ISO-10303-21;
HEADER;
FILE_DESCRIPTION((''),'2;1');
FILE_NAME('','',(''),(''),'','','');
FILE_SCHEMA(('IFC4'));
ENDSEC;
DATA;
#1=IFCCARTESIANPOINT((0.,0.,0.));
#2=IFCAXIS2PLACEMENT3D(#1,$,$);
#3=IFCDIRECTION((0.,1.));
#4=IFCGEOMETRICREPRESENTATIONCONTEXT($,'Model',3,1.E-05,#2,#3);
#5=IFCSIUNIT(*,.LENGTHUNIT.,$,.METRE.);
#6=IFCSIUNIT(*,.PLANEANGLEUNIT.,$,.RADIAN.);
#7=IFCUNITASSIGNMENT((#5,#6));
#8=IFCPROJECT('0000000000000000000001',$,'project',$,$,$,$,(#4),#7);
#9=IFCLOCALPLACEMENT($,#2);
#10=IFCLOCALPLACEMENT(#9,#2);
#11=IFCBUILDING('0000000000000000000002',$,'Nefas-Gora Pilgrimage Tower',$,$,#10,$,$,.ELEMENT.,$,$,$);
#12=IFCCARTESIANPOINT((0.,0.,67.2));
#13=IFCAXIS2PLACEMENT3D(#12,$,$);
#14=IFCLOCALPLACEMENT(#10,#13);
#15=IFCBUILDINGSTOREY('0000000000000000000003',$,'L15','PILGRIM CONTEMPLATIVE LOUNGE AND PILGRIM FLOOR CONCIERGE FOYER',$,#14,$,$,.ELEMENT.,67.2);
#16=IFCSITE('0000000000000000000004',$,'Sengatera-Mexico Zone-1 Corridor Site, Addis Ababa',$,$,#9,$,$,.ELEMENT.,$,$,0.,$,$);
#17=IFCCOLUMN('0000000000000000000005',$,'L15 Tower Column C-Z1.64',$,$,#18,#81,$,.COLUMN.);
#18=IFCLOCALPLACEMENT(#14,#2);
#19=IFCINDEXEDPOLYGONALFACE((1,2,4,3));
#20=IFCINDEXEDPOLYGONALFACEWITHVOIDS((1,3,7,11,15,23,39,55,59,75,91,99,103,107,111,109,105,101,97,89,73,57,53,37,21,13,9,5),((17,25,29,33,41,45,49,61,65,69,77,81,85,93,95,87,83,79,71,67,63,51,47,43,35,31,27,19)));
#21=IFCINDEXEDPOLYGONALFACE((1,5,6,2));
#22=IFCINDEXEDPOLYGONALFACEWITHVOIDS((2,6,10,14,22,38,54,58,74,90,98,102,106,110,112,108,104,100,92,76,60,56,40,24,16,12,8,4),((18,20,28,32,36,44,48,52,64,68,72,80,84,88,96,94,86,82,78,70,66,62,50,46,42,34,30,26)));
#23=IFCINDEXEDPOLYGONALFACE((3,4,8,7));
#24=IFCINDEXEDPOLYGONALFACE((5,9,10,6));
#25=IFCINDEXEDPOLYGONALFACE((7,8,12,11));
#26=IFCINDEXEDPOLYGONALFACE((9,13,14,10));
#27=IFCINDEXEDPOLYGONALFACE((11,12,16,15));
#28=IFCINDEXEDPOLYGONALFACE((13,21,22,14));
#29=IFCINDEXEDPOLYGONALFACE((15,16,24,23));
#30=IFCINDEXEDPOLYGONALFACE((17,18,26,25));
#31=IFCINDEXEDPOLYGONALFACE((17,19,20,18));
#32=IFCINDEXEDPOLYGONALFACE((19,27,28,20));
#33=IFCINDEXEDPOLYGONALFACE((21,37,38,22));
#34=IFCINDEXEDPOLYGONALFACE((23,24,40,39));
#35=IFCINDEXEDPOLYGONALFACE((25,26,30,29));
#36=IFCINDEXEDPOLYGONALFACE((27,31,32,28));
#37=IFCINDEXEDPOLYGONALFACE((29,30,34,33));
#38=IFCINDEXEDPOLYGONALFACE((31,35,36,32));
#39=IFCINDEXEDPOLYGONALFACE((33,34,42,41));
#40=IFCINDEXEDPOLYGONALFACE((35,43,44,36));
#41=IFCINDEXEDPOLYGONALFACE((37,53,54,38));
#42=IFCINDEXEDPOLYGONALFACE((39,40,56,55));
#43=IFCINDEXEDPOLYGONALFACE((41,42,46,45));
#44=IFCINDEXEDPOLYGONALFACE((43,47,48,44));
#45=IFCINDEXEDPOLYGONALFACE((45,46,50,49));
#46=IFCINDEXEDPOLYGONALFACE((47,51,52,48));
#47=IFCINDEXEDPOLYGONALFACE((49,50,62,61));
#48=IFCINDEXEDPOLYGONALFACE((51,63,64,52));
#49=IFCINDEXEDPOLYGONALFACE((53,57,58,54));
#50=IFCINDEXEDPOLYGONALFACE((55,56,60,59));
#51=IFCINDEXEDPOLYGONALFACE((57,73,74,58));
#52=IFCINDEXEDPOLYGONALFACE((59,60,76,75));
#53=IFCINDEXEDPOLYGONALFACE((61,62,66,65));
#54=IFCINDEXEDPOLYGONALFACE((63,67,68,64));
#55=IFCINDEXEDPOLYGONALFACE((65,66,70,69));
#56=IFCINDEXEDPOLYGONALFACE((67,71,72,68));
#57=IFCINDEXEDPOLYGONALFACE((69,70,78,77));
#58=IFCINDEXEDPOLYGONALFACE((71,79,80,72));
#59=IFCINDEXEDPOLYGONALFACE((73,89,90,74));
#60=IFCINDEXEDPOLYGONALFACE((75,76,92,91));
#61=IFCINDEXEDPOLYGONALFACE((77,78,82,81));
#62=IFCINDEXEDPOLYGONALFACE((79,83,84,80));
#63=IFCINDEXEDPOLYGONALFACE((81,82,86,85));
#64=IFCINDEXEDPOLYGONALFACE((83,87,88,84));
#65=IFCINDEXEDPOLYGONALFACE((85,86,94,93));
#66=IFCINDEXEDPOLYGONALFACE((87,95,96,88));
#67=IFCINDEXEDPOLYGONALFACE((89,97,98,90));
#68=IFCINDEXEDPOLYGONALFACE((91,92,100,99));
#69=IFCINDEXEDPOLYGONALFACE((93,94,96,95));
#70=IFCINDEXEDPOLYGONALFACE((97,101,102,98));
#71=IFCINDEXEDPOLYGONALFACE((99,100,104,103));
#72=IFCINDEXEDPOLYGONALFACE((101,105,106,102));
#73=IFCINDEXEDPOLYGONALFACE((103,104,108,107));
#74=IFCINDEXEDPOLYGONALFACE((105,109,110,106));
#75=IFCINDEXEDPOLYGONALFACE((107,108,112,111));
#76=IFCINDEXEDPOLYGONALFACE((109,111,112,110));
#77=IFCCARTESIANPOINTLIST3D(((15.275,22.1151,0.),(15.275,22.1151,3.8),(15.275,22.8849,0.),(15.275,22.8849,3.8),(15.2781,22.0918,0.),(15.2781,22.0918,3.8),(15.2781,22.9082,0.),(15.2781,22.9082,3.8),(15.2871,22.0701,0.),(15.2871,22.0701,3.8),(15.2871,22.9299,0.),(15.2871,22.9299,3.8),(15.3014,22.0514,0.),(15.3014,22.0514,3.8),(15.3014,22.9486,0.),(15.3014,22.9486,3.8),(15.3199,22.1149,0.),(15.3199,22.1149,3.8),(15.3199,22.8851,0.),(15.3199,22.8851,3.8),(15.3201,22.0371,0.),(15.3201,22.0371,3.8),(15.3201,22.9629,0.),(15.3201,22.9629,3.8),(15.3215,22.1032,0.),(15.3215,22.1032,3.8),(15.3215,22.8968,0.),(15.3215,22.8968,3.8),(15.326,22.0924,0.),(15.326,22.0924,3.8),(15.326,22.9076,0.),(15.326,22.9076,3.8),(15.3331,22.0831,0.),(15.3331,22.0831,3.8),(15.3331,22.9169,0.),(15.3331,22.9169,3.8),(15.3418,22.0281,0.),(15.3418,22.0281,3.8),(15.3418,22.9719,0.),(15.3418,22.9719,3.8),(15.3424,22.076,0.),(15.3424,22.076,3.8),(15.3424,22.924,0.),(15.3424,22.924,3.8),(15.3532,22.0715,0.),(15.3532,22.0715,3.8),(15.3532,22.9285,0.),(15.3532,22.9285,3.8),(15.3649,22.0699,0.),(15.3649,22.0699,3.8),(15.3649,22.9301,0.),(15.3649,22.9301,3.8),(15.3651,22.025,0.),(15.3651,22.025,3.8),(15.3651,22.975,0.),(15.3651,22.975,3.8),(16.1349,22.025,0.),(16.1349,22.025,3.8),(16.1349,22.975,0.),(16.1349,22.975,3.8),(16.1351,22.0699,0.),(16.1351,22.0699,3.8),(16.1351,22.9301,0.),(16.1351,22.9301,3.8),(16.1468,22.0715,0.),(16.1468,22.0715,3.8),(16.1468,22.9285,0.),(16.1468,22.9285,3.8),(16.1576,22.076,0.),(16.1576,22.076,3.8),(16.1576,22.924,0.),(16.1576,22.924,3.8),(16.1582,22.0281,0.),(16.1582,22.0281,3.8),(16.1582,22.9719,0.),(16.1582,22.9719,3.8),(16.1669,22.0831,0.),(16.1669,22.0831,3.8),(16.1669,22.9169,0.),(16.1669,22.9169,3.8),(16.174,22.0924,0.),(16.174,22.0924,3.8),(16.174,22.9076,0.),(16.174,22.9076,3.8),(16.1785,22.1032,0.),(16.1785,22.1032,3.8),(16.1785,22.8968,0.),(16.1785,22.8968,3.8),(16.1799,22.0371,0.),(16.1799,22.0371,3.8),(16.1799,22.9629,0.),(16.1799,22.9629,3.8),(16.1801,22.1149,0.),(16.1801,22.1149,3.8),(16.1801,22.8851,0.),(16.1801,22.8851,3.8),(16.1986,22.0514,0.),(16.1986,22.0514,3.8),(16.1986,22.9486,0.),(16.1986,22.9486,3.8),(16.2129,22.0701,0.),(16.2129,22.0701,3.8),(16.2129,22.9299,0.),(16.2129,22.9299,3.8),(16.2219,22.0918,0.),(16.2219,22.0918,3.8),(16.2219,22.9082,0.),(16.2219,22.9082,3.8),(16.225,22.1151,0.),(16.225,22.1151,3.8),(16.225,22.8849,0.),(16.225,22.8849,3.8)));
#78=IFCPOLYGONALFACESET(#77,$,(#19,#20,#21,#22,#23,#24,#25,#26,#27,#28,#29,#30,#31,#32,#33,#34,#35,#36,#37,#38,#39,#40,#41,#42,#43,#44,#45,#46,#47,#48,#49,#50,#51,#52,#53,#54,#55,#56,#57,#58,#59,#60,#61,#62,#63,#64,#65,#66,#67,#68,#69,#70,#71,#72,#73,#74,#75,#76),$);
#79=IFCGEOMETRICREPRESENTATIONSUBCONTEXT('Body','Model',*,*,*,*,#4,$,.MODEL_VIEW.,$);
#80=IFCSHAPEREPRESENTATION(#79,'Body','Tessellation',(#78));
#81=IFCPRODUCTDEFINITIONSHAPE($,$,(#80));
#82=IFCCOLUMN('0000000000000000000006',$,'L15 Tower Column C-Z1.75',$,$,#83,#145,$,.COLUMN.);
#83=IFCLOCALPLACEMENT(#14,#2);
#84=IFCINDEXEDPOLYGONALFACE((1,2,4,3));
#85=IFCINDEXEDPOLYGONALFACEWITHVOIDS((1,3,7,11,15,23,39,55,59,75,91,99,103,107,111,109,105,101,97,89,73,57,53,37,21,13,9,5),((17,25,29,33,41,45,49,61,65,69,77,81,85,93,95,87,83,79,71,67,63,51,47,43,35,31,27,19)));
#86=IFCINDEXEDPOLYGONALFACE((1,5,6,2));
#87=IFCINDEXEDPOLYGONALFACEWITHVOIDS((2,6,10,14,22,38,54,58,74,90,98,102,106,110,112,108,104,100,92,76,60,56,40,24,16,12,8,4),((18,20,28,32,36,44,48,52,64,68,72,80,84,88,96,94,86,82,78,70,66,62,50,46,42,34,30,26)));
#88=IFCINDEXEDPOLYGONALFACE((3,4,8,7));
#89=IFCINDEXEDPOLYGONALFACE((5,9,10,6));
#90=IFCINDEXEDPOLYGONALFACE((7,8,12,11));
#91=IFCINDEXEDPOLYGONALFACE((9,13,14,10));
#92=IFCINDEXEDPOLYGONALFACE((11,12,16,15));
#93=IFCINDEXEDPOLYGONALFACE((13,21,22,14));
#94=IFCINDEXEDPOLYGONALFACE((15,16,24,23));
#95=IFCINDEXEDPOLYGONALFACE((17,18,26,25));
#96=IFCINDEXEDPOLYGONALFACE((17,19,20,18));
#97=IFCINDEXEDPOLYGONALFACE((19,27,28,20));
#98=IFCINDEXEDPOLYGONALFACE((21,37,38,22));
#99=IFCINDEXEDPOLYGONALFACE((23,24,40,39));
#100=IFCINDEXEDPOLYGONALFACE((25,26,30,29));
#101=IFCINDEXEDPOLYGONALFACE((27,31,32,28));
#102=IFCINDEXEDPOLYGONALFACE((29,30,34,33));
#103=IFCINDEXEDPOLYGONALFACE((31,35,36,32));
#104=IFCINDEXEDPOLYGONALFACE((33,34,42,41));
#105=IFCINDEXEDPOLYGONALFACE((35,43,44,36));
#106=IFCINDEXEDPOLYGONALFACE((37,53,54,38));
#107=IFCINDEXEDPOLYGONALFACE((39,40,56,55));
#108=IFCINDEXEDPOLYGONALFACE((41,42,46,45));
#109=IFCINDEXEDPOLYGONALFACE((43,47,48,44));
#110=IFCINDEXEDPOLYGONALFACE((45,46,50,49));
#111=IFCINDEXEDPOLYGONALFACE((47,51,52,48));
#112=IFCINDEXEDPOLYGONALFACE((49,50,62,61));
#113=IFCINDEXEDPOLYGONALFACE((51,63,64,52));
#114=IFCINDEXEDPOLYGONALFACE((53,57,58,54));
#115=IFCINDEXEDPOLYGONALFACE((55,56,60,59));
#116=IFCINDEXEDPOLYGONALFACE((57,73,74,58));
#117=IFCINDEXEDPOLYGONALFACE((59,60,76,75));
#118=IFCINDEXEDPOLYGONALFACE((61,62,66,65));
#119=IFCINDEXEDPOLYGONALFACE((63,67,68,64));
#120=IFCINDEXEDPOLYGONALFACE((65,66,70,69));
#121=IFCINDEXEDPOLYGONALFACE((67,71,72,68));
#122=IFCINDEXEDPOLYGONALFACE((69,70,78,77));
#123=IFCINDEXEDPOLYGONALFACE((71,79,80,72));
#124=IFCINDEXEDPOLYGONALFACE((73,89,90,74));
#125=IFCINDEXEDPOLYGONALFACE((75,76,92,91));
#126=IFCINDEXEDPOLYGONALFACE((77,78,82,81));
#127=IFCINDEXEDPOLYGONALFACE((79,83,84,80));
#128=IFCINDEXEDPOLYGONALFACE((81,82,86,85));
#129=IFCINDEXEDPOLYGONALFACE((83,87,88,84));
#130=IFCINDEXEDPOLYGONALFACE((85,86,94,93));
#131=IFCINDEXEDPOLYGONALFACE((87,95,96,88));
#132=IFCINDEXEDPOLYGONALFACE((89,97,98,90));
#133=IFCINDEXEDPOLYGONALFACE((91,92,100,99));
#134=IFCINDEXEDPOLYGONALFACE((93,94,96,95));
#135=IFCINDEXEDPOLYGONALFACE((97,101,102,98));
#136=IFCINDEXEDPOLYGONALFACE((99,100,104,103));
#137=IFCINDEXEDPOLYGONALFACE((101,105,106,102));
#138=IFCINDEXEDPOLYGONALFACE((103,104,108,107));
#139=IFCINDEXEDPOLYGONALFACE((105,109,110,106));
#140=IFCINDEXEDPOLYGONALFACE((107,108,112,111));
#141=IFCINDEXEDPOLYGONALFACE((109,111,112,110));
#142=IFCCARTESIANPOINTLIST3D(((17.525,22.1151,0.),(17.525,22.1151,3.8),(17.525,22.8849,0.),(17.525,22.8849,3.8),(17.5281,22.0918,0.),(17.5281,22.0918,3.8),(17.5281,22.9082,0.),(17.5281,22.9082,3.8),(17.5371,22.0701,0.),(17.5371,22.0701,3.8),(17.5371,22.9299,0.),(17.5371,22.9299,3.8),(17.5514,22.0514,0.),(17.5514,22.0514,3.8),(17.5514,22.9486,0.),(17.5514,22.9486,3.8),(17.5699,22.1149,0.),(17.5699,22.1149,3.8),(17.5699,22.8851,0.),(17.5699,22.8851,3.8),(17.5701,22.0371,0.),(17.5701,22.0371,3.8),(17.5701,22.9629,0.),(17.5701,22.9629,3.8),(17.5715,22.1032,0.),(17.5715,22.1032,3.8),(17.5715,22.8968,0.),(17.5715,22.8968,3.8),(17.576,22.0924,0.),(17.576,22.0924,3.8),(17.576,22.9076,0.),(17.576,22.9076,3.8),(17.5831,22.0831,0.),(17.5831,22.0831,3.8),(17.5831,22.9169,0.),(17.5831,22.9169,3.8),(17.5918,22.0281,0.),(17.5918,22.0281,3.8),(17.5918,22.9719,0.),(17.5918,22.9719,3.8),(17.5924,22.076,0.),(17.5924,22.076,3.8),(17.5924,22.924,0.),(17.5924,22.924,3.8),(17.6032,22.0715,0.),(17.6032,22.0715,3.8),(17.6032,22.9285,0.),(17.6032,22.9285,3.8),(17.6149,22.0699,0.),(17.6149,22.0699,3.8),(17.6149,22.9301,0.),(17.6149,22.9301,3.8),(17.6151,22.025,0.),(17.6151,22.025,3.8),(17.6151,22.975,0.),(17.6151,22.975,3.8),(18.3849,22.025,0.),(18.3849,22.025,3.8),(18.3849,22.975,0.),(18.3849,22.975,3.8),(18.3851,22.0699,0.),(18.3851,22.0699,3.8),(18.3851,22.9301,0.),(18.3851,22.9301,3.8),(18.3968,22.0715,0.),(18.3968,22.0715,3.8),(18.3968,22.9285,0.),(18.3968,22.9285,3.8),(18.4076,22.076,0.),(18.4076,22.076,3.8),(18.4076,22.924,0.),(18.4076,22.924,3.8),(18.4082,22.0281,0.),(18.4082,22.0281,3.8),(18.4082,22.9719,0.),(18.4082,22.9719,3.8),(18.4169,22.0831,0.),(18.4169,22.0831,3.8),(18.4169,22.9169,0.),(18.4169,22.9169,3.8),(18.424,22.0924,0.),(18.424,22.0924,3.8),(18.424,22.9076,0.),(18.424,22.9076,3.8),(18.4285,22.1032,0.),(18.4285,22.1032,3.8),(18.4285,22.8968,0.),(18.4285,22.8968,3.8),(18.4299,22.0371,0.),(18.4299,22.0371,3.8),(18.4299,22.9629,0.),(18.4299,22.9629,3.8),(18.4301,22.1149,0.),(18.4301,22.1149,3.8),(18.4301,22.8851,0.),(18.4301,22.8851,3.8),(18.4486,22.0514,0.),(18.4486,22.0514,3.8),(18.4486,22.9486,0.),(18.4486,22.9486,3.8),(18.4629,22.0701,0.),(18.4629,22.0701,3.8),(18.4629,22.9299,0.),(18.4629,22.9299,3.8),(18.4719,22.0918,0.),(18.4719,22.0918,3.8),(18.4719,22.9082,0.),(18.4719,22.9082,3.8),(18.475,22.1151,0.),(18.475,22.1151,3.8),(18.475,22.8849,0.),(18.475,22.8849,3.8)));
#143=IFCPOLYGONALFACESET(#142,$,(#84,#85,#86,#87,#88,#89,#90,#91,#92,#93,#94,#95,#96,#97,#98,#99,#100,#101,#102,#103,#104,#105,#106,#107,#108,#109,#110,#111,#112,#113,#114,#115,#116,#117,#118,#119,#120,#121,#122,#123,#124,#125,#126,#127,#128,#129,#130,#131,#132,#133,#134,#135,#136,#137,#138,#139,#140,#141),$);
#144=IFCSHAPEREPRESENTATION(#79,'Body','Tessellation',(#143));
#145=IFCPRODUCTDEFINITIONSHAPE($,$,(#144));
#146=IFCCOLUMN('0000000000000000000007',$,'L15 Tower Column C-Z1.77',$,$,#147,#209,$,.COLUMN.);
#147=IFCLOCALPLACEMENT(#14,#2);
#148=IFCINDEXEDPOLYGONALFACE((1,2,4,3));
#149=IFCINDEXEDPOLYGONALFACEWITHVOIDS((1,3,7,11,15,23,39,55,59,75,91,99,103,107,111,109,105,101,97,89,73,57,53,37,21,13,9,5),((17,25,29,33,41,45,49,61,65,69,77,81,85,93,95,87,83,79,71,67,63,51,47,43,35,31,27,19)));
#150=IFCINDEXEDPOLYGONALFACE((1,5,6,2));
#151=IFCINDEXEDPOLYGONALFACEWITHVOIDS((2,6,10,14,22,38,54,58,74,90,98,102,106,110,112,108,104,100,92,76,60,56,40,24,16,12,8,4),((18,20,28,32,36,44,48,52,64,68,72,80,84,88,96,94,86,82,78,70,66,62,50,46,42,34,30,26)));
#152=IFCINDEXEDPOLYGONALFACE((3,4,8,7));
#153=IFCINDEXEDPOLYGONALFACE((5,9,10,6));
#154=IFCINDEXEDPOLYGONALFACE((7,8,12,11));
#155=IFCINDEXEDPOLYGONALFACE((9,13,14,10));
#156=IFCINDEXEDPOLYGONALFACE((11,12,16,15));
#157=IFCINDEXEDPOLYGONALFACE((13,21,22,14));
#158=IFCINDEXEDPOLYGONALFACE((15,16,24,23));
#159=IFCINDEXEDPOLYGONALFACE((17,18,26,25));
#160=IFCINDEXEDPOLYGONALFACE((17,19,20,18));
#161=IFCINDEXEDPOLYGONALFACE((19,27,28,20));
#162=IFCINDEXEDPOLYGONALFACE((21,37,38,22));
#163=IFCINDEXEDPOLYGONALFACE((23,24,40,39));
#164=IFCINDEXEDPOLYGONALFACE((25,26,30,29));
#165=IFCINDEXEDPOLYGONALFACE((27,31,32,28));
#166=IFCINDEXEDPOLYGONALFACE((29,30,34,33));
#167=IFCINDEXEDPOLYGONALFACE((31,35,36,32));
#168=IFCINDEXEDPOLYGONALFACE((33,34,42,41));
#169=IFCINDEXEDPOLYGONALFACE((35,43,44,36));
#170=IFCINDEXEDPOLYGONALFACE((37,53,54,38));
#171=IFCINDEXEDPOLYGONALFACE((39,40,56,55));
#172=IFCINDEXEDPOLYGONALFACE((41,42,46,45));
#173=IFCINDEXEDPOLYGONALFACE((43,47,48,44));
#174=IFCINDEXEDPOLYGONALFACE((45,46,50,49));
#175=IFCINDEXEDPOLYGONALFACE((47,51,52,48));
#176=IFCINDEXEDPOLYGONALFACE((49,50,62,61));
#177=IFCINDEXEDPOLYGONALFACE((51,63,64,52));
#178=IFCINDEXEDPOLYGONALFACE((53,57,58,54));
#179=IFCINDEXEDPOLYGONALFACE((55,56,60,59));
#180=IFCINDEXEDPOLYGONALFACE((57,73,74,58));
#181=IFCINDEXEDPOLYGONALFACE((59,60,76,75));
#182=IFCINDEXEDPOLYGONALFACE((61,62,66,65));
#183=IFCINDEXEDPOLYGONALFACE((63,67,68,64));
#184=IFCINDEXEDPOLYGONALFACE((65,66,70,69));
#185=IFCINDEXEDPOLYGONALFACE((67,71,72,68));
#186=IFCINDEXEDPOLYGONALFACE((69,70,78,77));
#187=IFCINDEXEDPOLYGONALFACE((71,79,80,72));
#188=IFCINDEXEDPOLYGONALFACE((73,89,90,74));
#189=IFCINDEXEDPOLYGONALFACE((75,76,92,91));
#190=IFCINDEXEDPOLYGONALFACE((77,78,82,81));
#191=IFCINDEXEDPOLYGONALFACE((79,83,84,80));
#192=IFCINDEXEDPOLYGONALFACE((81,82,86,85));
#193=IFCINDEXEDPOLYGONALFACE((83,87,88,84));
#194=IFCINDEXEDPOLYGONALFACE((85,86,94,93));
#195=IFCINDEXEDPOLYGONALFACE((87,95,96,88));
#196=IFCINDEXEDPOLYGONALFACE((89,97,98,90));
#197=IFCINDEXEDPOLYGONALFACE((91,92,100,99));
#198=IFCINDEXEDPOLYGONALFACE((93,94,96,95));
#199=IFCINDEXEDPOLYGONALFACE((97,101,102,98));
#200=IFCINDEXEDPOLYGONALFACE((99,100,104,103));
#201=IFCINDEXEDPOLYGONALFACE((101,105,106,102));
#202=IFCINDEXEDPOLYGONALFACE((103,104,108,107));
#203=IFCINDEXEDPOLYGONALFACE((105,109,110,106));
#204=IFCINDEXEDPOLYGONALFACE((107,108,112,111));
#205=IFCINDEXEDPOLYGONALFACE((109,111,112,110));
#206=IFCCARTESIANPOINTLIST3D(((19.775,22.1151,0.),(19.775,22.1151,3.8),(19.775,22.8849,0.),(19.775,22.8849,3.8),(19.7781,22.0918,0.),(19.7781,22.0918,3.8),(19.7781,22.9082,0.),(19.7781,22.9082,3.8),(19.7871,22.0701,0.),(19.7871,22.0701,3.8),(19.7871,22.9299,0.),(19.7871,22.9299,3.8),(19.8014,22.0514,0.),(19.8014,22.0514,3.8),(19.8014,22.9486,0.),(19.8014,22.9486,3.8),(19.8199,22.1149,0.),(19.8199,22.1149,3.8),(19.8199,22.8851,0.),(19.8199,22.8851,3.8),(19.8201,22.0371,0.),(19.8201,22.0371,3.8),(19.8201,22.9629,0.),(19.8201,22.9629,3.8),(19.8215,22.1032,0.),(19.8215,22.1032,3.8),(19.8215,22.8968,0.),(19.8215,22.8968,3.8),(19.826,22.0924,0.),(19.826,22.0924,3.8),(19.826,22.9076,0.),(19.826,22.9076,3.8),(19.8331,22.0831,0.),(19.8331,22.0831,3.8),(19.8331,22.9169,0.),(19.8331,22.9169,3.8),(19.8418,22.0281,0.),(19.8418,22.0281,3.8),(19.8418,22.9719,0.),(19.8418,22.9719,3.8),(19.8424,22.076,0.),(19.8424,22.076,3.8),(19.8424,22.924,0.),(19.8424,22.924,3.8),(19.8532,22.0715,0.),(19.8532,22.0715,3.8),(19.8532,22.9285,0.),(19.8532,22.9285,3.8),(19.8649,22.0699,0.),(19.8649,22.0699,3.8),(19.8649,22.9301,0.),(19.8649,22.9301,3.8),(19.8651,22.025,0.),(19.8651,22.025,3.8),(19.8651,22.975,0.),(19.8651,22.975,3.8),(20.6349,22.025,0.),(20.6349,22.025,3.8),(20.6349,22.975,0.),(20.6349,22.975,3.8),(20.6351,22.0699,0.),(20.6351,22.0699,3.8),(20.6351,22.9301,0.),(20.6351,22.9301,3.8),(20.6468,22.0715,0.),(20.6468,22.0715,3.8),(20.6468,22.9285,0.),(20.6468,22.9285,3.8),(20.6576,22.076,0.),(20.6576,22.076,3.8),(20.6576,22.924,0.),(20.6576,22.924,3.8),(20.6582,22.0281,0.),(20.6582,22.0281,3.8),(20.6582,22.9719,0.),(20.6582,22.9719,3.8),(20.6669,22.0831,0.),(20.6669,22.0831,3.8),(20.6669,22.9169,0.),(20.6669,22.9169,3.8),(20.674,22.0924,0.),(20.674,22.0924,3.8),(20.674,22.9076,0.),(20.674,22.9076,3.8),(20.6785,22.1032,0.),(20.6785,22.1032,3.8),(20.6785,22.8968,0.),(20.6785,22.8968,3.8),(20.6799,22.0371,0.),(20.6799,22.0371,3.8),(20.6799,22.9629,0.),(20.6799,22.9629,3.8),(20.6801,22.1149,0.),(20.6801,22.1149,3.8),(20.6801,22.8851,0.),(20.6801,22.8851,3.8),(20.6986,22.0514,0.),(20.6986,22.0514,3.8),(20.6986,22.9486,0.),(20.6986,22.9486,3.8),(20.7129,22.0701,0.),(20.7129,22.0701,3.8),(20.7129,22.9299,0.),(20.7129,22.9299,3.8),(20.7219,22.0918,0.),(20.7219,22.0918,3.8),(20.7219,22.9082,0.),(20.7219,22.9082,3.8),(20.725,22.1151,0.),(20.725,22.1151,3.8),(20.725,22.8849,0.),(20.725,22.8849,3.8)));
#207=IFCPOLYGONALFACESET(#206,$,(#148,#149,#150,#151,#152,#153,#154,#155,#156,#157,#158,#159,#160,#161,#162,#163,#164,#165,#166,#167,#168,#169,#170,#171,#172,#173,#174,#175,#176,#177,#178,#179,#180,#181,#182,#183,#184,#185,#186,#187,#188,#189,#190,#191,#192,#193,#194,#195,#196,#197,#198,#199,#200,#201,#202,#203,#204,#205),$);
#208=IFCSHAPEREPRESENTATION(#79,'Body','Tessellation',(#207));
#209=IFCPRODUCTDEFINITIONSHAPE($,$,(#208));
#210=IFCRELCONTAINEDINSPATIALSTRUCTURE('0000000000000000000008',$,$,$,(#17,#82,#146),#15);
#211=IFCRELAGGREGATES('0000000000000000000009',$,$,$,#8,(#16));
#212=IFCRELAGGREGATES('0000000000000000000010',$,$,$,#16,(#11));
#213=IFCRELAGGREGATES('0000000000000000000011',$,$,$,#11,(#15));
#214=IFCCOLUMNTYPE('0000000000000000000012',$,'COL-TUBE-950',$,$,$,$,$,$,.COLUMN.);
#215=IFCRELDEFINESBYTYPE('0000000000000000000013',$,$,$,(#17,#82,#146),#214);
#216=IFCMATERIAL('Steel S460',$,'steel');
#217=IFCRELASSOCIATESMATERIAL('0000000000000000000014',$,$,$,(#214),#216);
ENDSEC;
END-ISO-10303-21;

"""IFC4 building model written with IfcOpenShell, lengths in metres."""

from ifc_helpers import new_model, si_unit, direction, frame, origin, origin_2d, place, context, subcontext, project, spatial, hollow_rectangle, extrude, source, transform, mapped, material, material_profile, profile_set, type_object, element, save


model = new_model("IFC4")

# Units and contexts
model_context = context("Model", 3, precision=1e-05, world=origin(), true_north=direction((0.0, 1.0)))
body_context = subcontext(model_context, "Body", "Model", "MODEL_VIEW")
ifc_project = project(units=[si_unit("LENGTHUNIT", "METRE"), si_unit("PLANEANGLEUNIT", "RADIAN")], contexts=[model_context])

# Site, building, storey
site_placement = place(None, origin())
site = spatial("IfcSite", under=ifc_project, at=site_placement, Name="Sengatera-Mexico Zone-1 Corridor Site, Addis Ababa", CompositionType="ELEMENT", RefElevation=0.0)
building_placement = place(site_placement, origin())
building = spatial("IfcBuilding", under=site, at=building_placement, Name="Nefas-Gora Pilgrimage Tower", CompositionType="ELEMENT")
storey_placement = place(building_placement, frame((0.0, 0.0, 67.2)))
storey = spatial("IfcBuildingStorey", under=building, at=storey_placement, Name="L15", Description="PILGRIM CONTEMPLATIVE LOUNGE AND PILGRIM FLOOR CONCIERGE FOYER", CompositionType="ELEMENT", Elevation=67.2)

# Columns
ifc_material_1 = material(Name="Steel S460", Category="steel")
ifc_material_profile_1 = material_profile(ifc_material_1, hollow_rectangle(XDim=0.95, YDim=0.95, WallThickness=0.0449, InnerFilletRadius=0.0449, OuterFilletRadius=0.0901, at=origin_2d()), Name="BOX 950x950x45")
ifc_profile_set_1 = profile_set([ifc_material_profile_1], Name="Steel S460")
column_type_1 = type_object("IfcColumnType", Name="COL-TUBE-950", PredefinedType="COLUMN", material=ifc_profile_set_1)
shared_shape_1 = source(origin(), body_context, "Body", "SweptSolid", [
    extrude(hollow_rectangle(XDim=0.95, YDim=0.95, WallThickness=0.0449, InnerFilletRadius=0.0449, OuterFilletRadius=0.0901, at=origin_2d()), origin(), (0.0, 0.0, 1.0), 3.8),
])
for number, where, z_axis, x_axis, name in (
    (1, (15.75, 22.5, 0.0), (0.0, 0.0, 1.0), (1.0, 0.0, 0.0), "L15 Tower Column C-Z1.64"),
    (2, (18.0, 22.5, 0.0), (0.0, 0.0, 1.0), (1.0, 0.0, 0.0), "L15 Tower Column C-Z1.75"),
    (3, (20.25, 22.5, 0.0), (0.0, 0.0, 1.0), (1.0, 0.0, 0.0), "L15 Tower Column C-Z1.77"),
):
    element("IfcColumn", number, at=place(storey_placement, frame(where, z_axis=z_axis, x_axis=x_axis)), inside=storey, type_object=column_type_1, Name=name, PredefinedType="COLUMN", context=body_context, shape_type="MappedRepresentation", body=[
        mapped(shared_shape_1, transform((0.0, 0.0, 0.0), x_axis=(1.0, 0.0, 0.0), y_axis=(0.0, 1.0, 0.0), z_axis=(0.0, 0.0, 1.0), scale=1.0)),
    ])

save(model, "model.ifc")
